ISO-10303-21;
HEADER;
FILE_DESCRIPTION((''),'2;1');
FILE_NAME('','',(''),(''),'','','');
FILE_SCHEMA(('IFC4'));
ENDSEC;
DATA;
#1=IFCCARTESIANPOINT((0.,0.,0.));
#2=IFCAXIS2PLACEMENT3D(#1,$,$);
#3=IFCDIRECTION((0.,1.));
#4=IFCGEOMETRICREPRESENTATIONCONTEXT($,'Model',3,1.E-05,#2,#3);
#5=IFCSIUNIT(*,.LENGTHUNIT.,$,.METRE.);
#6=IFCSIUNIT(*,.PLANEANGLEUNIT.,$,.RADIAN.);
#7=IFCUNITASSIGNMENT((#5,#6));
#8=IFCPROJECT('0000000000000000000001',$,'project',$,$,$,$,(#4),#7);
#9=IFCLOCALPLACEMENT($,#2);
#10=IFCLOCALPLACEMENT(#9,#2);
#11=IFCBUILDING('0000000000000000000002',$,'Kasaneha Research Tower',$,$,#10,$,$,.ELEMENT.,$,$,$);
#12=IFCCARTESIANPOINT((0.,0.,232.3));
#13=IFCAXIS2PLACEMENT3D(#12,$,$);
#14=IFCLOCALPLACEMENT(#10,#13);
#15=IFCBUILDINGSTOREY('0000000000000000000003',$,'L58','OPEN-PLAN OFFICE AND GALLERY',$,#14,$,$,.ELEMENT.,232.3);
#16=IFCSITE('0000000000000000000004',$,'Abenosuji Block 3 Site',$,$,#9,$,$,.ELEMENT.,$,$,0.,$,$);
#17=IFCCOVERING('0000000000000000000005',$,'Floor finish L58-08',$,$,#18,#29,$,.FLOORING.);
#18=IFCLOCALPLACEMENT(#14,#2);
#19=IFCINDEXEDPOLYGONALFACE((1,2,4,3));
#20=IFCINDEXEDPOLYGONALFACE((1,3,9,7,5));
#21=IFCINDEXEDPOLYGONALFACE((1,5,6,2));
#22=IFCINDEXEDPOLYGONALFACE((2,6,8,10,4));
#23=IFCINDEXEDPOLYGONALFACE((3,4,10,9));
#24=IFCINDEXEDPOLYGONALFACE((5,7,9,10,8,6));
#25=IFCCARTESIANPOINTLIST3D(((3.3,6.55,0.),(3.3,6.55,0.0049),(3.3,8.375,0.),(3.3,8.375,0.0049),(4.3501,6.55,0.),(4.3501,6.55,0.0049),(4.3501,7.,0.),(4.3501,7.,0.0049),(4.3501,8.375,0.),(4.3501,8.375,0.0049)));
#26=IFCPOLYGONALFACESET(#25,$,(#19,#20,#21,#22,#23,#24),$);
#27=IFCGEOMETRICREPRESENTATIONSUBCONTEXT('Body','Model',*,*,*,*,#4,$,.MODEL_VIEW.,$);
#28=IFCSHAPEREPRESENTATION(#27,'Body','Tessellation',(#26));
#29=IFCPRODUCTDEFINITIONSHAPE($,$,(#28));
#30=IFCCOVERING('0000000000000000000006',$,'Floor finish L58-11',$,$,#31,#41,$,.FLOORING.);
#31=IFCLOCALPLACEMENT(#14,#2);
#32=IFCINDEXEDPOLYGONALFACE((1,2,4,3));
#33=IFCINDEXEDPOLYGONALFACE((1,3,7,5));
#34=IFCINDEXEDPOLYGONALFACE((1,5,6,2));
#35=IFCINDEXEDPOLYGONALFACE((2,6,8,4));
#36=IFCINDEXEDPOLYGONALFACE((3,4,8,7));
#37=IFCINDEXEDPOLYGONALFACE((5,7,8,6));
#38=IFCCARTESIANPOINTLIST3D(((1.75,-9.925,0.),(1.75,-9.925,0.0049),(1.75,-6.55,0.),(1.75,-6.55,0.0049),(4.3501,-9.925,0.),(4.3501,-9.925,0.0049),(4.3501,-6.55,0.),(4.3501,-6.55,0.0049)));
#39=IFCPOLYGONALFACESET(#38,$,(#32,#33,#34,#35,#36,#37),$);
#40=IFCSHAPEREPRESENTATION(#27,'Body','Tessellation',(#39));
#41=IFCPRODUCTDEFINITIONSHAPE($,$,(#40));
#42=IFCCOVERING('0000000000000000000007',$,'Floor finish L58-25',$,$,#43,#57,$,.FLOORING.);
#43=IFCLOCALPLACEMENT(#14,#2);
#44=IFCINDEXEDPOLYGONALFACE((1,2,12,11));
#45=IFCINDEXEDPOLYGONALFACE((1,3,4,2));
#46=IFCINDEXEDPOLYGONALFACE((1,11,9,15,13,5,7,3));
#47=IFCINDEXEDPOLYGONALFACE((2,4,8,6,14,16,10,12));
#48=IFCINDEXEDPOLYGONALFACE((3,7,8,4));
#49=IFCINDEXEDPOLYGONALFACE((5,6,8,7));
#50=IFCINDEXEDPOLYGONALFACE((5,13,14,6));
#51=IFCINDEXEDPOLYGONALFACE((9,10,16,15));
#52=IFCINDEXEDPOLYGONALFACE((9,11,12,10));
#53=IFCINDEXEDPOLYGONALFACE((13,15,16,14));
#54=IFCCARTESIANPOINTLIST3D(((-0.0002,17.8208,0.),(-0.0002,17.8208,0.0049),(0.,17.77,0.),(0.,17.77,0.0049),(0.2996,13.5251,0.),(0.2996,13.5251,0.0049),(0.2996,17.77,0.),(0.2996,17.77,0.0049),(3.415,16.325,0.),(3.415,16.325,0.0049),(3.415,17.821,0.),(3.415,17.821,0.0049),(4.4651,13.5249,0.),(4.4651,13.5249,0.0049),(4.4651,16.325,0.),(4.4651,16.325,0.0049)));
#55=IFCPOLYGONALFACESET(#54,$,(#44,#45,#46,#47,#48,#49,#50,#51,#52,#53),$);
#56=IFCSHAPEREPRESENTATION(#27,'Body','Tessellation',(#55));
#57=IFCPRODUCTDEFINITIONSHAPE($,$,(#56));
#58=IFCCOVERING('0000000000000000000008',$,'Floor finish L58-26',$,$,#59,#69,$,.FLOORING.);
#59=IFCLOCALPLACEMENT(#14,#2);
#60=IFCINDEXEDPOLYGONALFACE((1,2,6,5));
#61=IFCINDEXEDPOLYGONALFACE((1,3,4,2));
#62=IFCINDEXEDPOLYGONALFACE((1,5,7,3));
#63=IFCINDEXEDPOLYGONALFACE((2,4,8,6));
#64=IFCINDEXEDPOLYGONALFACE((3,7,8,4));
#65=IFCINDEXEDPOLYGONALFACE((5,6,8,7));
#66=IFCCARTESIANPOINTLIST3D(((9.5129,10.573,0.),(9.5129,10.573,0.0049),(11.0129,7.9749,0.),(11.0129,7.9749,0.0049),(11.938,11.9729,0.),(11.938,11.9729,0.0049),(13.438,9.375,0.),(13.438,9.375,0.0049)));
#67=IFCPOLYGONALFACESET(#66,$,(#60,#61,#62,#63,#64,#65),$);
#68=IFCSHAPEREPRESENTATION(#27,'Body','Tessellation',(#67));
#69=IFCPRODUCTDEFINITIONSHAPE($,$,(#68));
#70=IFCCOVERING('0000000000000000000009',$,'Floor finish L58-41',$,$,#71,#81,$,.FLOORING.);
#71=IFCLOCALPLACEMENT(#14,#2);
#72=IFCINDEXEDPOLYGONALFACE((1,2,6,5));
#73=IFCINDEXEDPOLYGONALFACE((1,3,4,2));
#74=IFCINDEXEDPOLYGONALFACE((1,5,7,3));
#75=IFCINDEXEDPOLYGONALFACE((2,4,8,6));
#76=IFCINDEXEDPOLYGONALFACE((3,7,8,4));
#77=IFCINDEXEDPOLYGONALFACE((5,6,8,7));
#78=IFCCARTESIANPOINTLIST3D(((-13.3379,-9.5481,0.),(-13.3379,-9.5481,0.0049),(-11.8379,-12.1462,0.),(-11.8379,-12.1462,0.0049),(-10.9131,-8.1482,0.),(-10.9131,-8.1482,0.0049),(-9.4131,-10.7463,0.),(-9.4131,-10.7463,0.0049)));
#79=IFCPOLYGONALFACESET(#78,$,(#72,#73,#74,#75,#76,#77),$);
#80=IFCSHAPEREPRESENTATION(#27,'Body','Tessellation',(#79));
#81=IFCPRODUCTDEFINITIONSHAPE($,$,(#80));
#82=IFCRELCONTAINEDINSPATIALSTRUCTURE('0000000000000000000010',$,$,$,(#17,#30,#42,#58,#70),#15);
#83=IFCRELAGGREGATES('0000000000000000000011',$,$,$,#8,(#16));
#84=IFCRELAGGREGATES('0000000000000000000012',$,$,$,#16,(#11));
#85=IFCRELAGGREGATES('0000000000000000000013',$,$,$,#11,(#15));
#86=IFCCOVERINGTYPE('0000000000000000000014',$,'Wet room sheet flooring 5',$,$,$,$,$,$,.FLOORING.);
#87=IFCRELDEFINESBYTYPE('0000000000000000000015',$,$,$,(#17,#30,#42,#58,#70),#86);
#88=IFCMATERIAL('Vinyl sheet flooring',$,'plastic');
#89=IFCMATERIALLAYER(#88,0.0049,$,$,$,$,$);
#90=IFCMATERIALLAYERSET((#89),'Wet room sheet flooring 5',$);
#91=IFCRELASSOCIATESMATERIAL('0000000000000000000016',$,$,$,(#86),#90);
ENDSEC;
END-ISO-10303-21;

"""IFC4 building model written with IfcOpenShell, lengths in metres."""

from ifc_helpers import new_model, si_unit, direction, frame, origin, place, context, subcontext, project, spatial, polyline, outline, extrude, material, layer, layer_set, type_object, element, save


model = new_model("IFC4")

# Units and contexts
model_context = context("Model", 3, precision=1e-05, world=origin(), true_north=direction((0.0, 1.0)))
body_context = subcontext(model_context, "Body", "Model", "MODEL_VIEW")
ifc_project = project(units=[si_unit("LENGTHUNIT", "METRE"), si_unit("PLANEANGLEUNIT", "RADIAN")], contexts=[model_context])

# Site, building, storey
site_placement = place(None, origin())
site = spatial("IfcSite", under=ifc_project, at=site_placement, Name="Abenosuji Block 3 Site", CompositionType="ELEMENT", RefElevation=0.0)
building_placement = place(site_placement, origin())
building = spatial("IfcBuilding", under=site, at=building_placement, Name="Kasaneha Research Tower", CompositionType="ELEMENT")
storey_placement = place(building_placement, frame((0.0, 0.0, 232.3)))
storey = spatial("IfcBuildingStorey", under=building, at=storey_placement, Name="L58", Description="OPEN-PLAN OFFICE AND GALLERY", CompositionType="ELEMENT", Elevation=232.3)

# Coverings
ifc_material_1 = material(Name="Vinyl sheet flooring", Category="plastic")
ifc_layer_1 = layer(ifc_material_1, 0.0049)
ifc_layer_set_1 = layer_set([ifc_layer_1], Name="Wet room sheet flooring 5")
covering_type_1 = type_object("IfcCoveringType", Name="Wet room sheet flooring 5", PredefinedType="FLOORING", material=ifc_layer_set_1)
covering_1_placement = place(storey_placement, origin())
element("IfcCovering", 1, at=covering_1_placement, inside=storey, type_object=covering_type_1, Name="Floor finish L58-08", PredefinedType="FLOORING", context=body_context, shape_type="SweptSolid", body=[
    extrude(outline(polyline([(3.3, 6.55), (3.3, 8.375), (4.3501, 8.375), (4.3501, 7.0), (4.3501, 6.55), (3.3, 6.55)])), origin(), (0.0, 0.0, 1.0), 0.0049),
])
covering_2_placement = place(storey_placement, origin())
element("IfcCovering", 2, at=covering_2_placement, inside=storey, type_object=covering_type_1, Name="Floor finish L58-11", PredefinedType="FLOORING", context=body_context, shape_type="SweptSolid", body=[
    extrude(outline(polyline([(1.75, -9.925), (1.75, -6.55), (4.3501, -6.55), (4.3501, -9.925), (1.75, -9.925)])), origin(), (0.0, 0.0, 1.0), 0.0049),
])
covering_3_placement = place(storey_placement, origin())
element("IfcCovering", 3, at=covering_3_placement, inside=storey, type_object=covering_type_1, Name="Floor finish L58-25", PredefinedType="FLOORING", context=body_context, shape_type="SweptSolid", body=[
    extrude(outline(polyline([(4.4651, 16.325), (4.4651, 13.5249), (0.2996, 13.5251), (0.2996, 17.77), (0.0, 17.77), (-0.0002, 17.8208), (3.415, 17.821), (3.415, 16.325), (4.4651, 16.325)])), origin(), (0.0, 0.0, 1.0), 0.0049),
])
covering_4_placement = place(storey_placement, origin())
element("IfcCovering", 4, at=covering_4_placement, inside=storey, type_object=covering_type_1, Name="Floor finish L58-26", PredefinedType="FLOORING", context=body_context, shape_type="SweptSolid", body=[
    extrude(outline(polyline([(11.938, 11.9729), (13.438, 9.375), (11.0129, 7.9749), (9.5129, 10.573), (11.938, 11.9729)])), origin(), (0.0, 0.0, 1.0), 0.0049),
])
covering_5_placement = place(storey_placement, origin())
element("IfcCovering", 5, at=covering_5_placement, inside=storey, type_object=covering_type_1, Name="Floor finish L58-41", PredefinedType="FLOORING", context=body_context, shape_type="SweptSolid", body=[
    extrude(outline(polyline([(-11.8379, -12.1462), (-13.3379, -9.5481), (-10.9131, -8.1482), (-9.4131, -10.7463), (-11.8379, -12.1462)])), origin(), (0.0, 0.0, 1.0), 0.0049),
])

save(model, "model.ifc")
